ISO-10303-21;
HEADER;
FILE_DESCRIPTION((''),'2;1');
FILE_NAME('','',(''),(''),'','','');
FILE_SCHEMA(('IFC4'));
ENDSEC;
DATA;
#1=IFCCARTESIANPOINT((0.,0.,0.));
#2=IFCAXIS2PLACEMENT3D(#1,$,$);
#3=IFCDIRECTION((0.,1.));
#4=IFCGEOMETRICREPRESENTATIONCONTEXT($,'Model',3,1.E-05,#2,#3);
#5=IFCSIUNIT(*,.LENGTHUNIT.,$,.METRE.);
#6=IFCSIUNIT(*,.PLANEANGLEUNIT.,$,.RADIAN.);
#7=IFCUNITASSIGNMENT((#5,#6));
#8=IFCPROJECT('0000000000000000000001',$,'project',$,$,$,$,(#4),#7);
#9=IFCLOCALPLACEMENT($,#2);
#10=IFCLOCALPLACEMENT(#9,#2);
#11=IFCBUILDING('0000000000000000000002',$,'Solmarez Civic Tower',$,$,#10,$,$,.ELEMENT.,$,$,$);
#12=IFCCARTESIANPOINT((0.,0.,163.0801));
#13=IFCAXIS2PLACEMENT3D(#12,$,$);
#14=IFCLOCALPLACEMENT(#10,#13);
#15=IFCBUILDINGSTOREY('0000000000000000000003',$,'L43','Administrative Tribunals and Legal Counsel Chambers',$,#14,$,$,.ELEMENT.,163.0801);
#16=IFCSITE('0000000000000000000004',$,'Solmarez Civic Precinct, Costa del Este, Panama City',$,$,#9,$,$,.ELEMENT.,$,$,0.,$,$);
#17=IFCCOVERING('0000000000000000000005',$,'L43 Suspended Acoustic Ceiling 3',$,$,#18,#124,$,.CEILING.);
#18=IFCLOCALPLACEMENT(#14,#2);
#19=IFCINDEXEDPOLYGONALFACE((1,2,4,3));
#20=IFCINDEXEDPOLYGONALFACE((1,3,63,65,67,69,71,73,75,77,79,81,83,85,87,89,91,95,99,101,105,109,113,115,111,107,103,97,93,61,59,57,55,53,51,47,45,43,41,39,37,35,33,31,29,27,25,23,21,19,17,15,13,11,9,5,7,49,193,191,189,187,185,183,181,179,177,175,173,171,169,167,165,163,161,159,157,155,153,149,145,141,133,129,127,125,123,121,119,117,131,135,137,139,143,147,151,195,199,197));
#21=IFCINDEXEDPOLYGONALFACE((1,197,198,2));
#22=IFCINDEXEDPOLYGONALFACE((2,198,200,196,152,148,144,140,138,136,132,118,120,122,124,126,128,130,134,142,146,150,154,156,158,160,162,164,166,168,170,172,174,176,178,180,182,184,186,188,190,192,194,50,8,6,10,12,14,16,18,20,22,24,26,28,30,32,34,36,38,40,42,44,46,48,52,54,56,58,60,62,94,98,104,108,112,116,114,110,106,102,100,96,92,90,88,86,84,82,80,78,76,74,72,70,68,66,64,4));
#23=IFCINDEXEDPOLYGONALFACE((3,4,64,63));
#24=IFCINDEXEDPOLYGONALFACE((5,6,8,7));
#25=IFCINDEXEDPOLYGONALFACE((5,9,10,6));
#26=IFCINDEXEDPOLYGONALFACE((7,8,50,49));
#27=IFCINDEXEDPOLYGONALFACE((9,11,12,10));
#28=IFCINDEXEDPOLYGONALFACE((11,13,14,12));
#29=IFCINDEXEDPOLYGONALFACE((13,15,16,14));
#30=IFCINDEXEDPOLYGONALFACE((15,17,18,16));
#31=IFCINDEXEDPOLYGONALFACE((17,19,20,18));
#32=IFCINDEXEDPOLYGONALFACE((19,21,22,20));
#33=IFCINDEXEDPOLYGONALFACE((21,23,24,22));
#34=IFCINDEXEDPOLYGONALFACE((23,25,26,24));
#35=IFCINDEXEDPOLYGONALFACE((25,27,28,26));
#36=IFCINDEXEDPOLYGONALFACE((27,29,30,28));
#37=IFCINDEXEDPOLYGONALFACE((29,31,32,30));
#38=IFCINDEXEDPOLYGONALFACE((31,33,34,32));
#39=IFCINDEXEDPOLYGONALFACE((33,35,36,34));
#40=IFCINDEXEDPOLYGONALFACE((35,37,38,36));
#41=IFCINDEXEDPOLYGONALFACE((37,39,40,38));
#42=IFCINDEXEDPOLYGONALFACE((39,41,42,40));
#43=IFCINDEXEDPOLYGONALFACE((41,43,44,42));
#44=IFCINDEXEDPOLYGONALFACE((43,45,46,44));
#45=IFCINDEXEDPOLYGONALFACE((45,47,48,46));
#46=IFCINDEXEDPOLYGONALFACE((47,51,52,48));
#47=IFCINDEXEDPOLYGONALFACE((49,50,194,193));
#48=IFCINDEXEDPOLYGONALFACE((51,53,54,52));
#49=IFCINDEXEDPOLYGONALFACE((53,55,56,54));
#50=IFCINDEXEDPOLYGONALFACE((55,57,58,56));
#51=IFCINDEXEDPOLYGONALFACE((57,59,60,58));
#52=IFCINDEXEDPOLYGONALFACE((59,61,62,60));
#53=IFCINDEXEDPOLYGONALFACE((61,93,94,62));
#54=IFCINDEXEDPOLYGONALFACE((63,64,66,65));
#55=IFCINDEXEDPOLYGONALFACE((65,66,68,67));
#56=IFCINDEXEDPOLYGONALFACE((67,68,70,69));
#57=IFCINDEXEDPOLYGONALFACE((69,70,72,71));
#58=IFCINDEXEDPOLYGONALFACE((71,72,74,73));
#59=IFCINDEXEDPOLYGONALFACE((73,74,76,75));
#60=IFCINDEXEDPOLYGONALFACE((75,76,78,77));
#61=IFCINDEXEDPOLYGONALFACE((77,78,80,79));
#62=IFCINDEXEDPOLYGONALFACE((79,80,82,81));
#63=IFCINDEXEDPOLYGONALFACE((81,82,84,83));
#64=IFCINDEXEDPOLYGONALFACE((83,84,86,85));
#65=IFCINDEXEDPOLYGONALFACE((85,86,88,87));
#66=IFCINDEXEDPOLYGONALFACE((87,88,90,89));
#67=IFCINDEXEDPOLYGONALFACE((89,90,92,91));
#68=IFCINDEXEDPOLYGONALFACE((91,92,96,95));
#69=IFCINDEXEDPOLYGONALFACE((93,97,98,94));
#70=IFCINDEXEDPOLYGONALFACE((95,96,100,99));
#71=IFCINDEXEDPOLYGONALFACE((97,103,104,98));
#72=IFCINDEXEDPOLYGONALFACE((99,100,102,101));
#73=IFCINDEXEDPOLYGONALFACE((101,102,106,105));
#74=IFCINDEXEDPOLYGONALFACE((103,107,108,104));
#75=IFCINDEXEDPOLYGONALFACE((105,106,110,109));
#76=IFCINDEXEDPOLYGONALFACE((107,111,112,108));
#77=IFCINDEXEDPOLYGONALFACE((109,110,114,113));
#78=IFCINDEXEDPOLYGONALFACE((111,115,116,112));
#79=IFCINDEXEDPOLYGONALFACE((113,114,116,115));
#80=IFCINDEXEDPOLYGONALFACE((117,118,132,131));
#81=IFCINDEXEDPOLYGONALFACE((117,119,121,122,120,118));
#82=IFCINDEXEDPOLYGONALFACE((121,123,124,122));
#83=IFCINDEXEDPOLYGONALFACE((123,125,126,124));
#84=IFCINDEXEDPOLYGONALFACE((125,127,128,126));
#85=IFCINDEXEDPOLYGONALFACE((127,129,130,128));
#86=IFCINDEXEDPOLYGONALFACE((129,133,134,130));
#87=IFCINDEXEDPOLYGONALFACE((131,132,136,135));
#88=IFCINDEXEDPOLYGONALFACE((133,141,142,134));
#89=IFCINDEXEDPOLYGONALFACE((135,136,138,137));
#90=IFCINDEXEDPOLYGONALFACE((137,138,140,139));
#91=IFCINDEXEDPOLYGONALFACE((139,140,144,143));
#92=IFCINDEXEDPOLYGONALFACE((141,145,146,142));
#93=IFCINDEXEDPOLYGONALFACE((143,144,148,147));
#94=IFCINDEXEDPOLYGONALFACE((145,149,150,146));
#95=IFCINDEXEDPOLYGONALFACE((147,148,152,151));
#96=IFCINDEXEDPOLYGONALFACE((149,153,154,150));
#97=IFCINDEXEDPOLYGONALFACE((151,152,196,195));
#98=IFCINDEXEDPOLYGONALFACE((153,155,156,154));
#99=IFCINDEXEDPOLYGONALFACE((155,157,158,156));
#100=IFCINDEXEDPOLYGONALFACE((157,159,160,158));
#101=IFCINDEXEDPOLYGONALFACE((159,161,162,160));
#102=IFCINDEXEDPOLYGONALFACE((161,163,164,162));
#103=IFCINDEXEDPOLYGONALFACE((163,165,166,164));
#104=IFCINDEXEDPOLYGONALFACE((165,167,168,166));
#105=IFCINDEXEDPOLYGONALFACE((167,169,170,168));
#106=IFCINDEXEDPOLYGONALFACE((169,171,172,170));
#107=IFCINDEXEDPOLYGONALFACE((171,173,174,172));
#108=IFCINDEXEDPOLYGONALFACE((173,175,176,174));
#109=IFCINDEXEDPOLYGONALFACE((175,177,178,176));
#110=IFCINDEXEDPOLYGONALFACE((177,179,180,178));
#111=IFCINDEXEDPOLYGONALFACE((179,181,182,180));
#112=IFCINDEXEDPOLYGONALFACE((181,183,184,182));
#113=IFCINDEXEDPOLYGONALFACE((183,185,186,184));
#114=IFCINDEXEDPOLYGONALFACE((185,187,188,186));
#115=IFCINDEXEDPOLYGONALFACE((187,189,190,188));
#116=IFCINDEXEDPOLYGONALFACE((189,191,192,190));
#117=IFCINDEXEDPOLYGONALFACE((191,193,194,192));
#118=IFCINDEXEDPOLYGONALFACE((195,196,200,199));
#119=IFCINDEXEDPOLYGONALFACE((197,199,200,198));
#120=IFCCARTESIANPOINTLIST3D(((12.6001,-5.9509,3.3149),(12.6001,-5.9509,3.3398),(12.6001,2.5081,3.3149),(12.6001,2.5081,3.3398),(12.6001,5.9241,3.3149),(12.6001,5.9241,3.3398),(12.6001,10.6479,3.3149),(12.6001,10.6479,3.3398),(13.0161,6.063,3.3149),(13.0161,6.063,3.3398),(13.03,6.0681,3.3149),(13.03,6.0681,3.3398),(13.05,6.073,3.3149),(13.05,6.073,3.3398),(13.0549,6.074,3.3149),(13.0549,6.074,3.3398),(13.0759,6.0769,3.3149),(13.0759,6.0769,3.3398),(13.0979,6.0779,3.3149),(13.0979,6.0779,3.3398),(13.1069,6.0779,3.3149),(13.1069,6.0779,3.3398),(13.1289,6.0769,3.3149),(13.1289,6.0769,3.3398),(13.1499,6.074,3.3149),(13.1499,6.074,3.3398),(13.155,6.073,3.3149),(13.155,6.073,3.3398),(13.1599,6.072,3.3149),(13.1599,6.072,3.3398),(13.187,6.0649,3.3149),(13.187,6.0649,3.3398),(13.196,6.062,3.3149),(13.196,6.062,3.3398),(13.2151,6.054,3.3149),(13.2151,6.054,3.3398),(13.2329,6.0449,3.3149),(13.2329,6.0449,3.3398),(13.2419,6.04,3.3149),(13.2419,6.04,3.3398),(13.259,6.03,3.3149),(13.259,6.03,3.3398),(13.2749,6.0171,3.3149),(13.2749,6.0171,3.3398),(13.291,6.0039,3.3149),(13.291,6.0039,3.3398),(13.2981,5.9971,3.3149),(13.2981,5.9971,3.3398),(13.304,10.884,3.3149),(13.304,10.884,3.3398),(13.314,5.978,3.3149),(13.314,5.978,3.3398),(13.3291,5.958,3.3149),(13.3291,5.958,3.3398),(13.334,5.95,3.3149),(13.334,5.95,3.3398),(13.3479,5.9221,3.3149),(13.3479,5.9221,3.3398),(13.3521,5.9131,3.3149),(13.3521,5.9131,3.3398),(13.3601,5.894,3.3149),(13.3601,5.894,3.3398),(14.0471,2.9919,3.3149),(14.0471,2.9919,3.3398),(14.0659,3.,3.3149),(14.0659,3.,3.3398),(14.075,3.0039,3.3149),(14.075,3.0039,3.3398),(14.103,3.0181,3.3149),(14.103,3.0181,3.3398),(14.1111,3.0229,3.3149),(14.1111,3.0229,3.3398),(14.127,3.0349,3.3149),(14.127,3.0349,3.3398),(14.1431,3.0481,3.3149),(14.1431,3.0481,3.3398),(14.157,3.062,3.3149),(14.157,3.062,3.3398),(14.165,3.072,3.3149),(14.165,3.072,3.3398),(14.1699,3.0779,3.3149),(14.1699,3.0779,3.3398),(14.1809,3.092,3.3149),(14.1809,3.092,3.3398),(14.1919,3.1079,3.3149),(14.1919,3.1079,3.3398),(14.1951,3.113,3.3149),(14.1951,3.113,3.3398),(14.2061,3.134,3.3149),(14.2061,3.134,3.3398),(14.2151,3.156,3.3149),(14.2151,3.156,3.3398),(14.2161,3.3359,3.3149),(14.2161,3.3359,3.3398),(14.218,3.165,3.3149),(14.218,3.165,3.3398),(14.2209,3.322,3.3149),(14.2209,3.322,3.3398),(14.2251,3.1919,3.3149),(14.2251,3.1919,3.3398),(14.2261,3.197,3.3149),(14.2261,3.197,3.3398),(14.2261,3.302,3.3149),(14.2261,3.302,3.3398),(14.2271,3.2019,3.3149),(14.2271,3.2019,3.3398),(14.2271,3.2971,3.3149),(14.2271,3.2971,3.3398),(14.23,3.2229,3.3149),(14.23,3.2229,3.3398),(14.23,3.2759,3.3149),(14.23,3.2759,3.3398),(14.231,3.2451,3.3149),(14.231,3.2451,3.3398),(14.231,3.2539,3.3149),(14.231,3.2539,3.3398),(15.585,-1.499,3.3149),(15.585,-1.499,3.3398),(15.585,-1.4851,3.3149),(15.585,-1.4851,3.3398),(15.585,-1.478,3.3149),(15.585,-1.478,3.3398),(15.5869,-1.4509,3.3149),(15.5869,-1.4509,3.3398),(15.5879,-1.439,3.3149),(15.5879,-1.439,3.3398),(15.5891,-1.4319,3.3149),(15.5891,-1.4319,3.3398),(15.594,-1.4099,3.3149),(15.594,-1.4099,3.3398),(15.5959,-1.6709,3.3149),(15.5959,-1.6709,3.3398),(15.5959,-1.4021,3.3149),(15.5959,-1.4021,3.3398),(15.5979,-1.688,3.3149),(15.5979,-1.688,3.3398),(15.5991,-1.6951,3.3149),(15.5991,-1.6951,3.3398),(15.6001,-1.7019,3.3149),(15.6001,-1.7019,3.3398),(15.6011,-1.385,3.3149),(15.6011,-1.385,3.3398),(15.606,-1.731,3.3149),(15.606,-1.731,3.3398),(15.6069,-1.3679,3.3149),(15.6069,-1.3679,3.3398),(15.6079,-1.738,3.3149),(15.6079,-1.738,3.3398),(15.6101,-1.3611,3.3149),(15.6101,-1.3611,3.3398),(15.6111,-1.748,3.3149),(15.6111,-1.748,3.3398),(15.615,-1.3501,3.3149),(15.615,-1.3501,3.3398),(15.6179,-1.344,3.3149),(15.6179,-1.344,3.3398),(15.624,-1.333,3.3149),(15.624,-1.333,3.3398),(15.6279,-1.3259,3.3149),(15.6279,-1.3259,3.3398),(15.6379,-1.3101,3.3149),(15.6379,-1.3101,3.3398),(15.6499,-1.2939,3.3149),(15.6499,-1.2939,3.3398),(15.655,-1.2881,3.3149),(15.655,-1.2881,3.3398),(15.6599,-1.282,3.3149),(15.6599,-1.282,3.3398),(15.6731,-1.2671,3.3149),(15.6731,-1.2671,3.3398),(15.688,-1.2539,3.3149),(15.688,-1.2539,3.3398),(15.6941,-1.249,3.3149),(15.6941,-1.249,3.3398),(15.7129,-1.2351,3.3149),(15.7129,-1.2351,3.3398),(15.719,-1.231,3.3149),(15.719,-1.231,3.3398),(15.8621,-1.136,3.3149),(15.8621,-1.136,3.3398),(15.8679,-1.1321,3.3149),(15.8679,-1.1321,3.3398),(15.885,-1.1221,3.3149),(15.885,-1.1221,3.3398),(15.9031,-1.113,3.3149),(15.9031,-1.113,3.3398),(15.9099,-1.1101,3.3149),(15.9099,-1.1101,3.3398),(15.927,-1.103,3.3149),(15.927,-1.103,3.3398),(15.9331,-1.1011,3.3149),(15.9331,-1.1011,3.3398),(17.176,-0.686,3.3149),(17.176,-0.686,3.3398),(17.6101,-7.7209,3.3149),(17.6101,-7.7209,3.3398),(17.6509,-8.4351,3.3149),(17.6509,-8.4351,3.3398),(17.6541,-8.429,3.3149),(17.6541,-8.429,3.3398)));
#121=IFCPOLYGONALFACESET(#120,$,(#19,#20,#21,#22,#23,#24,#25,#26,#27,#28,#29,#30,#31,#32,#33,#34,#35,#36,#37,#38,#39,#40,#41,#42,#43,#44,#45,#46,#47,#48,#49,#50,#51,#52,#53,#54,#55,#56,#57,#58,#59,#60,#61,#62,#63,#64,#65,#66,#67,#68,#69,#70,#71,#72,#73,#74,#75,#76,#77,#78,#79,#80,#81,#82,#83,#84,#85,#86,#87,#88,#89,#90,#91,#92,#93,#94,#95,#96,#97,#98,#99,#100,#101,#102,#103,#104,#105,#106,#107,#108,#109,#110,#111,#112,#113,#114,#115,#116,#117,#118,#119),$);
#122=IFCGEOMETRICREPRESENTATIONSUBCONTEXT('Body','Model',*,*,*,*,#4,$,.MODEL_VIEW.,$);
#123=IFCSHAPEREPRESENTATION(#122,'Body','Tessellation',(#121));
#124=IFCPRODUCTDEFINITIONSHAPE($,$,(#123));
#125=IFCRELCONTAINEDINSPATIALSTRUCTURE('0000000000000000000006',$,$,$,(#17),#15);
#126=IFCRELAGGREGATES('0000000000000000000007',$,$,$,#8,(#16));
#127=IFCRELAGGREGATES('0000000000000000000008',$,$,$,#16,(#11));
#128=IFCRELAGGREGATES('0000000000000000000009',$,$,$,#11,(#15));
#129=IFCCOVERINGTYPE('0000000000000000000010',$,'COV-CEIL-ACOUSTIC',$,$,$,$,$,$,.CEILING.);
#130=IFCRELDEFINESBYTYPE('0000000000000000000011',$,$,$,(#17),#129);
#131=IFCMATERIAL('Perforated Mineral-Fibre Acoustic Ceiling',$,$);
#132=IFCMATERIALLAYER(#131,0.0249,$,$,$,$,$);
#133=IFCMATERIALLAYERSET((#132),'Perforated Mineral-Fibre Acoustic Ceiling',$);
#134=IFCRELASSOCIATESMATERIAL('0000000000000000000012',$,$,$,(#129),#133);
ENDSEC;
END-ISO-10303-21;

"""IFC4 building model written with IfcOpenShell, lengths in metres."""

from ifc_helpers import new_model, si_unit, direction, frame, origin, place, context, subcontext, project, spatial, polyline, outline, extrude, material, layer, layer_set, type_object, element, save


model = new_model("IFC4")

# Units and contexts
model_context = context("Model", 3, precision=1e-05, world=origin(), true_north=direction((0.0, 1.0)))
body_context = subcontext(model_context, "Body", "Model", "MODEL_VIEW")
ifc_project = project(units=[si_unit("LENGTHUNIT", "METRE"), si_unit("PLANEANGLEUNIT", "RADIAN")], contexts=[model_context])

# Site, building, storey
site_placement = place(None, origin())
site = spatial("IfcSite", under=ifc_project, at=site_placement, Name="Solmarez Civic Precinct, Costa del Este, Panama City", CompositionType="ELEMENT", RefElevation=0.0)
building_placement = place(site_placement, origin())
building = spatial("IfcBuilding", under=site, at=building_placement, Name="Solmarez Civic Tower", CompositionType="ELEMENT")
storey_placement = place(building_placement, frame((0.0, 0.0, 163.0801)))
storey = spatial("IfcBuildingStorey", under=building, at=storey_placement, Name="L43", Description="Administrative Tribunals and Legal Counsel Chambers", CompositionType="ELEMENT", Elevation=163.0801)

# Covering
ifc_material_1 = material(Name="Perforated Mineral-Fibre Acoustic Ceiling")
ifc_layer_1 = layer(ifc_material_1, 0.0249)
ifc_layer_set_1 = layer_set([ifc_layer_1], Name="Perforated Mineral-Fibre Acoustic Ceiling")
covering_type_1 = type_object("IfcCoveringType", Name="COV-CEIL-ACOUSTIC", PredefinedType="CEILING", material=ifc_layer_set_1)
covering_1_placement = place(storey_placement, frame((0.0, 0.0, 3.3149)))
element("IfcCovering", 1, at=covering_1_placement, inside=storey, type_object=covering_type_1, Name="L43 Suspended Acoustic Ceiling 3", PredefinedType="CEILING", context=body_context, shape_type="SweptSolid", body=[
    extrude(outline(polyline([(12.6001, 10.6479), (12.6001, 5.9241), (13.0161, 6.063), (13.03, 6.0681), (13.05, 6.073), (13.0549, 6.074), (13.0759, 6.0769), (13.0979, 6.0779), (13.1069, 6.0779), (13.1289, 6.0769), (13.1499, 6.074), (13.155, 6.073), (13.1599, 6.072), (13.187, 6.0649), (13.196, 6.062), (13.2151, 6.054), (13.2329, 6.0449), (13.2419, 6.04), (13.259, 6.03), (13.2749, 6.0171), (13.291, 6.0039), (13.2981, 5.9971), (13.314, 5.978), (13.3291, 5.958), (13.334, 5.95), (13.3479, 5.9221), (13.3521, 5.9131), (13.3601, 5.894), (14.2161, 3.3359), (14.2209, 3.322), (14.2261, 3.302), (14.2271, 3.2971), (14.23, 3.2759), (14.231, 3.2539), (14.231, 3.2451), (14.23, 3.2229), (14.2271, 3.2019), (14.2261, 3.197), (14.2251, 3.1919), (14.218, 3.165), (14.2151, 3.156), (14.2061, 3.134), (14.1951, 3.113), (14.1919, 3.1079), (14.1809, 3.092), (14.1699, 3.0779), (14.165, 3.072), (14.157, 3.062), (14.1431, 3.0481), (14.127, 3.0349), (14.1111, 3.0229), (14.103, 3.0181), (14.075, 3.0039), (14.0659, 3.0), (14.0471, 2.9919), (12.6001, 2.5081), (12.6001, -5.9509), (17.6509, -8.4351), (17.6541, -8.429), (17.6101, -7.7209), (15.6111, -1.748), (15.6079, -1.738), (15.606, -1.731), (15.6001, -1.7019), (15.5991, -1.6951), (15.5979, -1.688), (15.5959, -1.6709), (15.585, -1.499), (15.585, -1.4851), (15.585, -1.478), (15.5869, -1.4509), (15.5879, -1.439), (15.5891, -1.4319), (15.594, -1.4099), (15.5959, -1.4021), (15.6011, -1.385), (15.6069, -1.3679), (15.6101, -1.3611), (15.615, -1.3501), (15.6179, -1.344), (15.624, -1.333), (15.6279, -1.3259), (15.6379, -1.3101), (15.6499, -1.2939), (15.655, -1.2881), (15.6599, -1.282), (15.6731, -1.2671), (15.688, -1.2539), (15.6941, -1.249), (15.7129, -1.2351), (15.719, -1.231), (15.8621, -1.136), (15.8679, -1.1321), (15.885, -1.1221), (15.9031, -1.113), (15.9099, -1.1101), (15.927, -1.103), (15.9331, -1.1011), (17.176, -0.686), (13.304, 10.884), (12.6001, 10.6479)])), origin(), (0.0, 0.0, 1.0), 0.0249),
])

save(model, "model.ifc")
